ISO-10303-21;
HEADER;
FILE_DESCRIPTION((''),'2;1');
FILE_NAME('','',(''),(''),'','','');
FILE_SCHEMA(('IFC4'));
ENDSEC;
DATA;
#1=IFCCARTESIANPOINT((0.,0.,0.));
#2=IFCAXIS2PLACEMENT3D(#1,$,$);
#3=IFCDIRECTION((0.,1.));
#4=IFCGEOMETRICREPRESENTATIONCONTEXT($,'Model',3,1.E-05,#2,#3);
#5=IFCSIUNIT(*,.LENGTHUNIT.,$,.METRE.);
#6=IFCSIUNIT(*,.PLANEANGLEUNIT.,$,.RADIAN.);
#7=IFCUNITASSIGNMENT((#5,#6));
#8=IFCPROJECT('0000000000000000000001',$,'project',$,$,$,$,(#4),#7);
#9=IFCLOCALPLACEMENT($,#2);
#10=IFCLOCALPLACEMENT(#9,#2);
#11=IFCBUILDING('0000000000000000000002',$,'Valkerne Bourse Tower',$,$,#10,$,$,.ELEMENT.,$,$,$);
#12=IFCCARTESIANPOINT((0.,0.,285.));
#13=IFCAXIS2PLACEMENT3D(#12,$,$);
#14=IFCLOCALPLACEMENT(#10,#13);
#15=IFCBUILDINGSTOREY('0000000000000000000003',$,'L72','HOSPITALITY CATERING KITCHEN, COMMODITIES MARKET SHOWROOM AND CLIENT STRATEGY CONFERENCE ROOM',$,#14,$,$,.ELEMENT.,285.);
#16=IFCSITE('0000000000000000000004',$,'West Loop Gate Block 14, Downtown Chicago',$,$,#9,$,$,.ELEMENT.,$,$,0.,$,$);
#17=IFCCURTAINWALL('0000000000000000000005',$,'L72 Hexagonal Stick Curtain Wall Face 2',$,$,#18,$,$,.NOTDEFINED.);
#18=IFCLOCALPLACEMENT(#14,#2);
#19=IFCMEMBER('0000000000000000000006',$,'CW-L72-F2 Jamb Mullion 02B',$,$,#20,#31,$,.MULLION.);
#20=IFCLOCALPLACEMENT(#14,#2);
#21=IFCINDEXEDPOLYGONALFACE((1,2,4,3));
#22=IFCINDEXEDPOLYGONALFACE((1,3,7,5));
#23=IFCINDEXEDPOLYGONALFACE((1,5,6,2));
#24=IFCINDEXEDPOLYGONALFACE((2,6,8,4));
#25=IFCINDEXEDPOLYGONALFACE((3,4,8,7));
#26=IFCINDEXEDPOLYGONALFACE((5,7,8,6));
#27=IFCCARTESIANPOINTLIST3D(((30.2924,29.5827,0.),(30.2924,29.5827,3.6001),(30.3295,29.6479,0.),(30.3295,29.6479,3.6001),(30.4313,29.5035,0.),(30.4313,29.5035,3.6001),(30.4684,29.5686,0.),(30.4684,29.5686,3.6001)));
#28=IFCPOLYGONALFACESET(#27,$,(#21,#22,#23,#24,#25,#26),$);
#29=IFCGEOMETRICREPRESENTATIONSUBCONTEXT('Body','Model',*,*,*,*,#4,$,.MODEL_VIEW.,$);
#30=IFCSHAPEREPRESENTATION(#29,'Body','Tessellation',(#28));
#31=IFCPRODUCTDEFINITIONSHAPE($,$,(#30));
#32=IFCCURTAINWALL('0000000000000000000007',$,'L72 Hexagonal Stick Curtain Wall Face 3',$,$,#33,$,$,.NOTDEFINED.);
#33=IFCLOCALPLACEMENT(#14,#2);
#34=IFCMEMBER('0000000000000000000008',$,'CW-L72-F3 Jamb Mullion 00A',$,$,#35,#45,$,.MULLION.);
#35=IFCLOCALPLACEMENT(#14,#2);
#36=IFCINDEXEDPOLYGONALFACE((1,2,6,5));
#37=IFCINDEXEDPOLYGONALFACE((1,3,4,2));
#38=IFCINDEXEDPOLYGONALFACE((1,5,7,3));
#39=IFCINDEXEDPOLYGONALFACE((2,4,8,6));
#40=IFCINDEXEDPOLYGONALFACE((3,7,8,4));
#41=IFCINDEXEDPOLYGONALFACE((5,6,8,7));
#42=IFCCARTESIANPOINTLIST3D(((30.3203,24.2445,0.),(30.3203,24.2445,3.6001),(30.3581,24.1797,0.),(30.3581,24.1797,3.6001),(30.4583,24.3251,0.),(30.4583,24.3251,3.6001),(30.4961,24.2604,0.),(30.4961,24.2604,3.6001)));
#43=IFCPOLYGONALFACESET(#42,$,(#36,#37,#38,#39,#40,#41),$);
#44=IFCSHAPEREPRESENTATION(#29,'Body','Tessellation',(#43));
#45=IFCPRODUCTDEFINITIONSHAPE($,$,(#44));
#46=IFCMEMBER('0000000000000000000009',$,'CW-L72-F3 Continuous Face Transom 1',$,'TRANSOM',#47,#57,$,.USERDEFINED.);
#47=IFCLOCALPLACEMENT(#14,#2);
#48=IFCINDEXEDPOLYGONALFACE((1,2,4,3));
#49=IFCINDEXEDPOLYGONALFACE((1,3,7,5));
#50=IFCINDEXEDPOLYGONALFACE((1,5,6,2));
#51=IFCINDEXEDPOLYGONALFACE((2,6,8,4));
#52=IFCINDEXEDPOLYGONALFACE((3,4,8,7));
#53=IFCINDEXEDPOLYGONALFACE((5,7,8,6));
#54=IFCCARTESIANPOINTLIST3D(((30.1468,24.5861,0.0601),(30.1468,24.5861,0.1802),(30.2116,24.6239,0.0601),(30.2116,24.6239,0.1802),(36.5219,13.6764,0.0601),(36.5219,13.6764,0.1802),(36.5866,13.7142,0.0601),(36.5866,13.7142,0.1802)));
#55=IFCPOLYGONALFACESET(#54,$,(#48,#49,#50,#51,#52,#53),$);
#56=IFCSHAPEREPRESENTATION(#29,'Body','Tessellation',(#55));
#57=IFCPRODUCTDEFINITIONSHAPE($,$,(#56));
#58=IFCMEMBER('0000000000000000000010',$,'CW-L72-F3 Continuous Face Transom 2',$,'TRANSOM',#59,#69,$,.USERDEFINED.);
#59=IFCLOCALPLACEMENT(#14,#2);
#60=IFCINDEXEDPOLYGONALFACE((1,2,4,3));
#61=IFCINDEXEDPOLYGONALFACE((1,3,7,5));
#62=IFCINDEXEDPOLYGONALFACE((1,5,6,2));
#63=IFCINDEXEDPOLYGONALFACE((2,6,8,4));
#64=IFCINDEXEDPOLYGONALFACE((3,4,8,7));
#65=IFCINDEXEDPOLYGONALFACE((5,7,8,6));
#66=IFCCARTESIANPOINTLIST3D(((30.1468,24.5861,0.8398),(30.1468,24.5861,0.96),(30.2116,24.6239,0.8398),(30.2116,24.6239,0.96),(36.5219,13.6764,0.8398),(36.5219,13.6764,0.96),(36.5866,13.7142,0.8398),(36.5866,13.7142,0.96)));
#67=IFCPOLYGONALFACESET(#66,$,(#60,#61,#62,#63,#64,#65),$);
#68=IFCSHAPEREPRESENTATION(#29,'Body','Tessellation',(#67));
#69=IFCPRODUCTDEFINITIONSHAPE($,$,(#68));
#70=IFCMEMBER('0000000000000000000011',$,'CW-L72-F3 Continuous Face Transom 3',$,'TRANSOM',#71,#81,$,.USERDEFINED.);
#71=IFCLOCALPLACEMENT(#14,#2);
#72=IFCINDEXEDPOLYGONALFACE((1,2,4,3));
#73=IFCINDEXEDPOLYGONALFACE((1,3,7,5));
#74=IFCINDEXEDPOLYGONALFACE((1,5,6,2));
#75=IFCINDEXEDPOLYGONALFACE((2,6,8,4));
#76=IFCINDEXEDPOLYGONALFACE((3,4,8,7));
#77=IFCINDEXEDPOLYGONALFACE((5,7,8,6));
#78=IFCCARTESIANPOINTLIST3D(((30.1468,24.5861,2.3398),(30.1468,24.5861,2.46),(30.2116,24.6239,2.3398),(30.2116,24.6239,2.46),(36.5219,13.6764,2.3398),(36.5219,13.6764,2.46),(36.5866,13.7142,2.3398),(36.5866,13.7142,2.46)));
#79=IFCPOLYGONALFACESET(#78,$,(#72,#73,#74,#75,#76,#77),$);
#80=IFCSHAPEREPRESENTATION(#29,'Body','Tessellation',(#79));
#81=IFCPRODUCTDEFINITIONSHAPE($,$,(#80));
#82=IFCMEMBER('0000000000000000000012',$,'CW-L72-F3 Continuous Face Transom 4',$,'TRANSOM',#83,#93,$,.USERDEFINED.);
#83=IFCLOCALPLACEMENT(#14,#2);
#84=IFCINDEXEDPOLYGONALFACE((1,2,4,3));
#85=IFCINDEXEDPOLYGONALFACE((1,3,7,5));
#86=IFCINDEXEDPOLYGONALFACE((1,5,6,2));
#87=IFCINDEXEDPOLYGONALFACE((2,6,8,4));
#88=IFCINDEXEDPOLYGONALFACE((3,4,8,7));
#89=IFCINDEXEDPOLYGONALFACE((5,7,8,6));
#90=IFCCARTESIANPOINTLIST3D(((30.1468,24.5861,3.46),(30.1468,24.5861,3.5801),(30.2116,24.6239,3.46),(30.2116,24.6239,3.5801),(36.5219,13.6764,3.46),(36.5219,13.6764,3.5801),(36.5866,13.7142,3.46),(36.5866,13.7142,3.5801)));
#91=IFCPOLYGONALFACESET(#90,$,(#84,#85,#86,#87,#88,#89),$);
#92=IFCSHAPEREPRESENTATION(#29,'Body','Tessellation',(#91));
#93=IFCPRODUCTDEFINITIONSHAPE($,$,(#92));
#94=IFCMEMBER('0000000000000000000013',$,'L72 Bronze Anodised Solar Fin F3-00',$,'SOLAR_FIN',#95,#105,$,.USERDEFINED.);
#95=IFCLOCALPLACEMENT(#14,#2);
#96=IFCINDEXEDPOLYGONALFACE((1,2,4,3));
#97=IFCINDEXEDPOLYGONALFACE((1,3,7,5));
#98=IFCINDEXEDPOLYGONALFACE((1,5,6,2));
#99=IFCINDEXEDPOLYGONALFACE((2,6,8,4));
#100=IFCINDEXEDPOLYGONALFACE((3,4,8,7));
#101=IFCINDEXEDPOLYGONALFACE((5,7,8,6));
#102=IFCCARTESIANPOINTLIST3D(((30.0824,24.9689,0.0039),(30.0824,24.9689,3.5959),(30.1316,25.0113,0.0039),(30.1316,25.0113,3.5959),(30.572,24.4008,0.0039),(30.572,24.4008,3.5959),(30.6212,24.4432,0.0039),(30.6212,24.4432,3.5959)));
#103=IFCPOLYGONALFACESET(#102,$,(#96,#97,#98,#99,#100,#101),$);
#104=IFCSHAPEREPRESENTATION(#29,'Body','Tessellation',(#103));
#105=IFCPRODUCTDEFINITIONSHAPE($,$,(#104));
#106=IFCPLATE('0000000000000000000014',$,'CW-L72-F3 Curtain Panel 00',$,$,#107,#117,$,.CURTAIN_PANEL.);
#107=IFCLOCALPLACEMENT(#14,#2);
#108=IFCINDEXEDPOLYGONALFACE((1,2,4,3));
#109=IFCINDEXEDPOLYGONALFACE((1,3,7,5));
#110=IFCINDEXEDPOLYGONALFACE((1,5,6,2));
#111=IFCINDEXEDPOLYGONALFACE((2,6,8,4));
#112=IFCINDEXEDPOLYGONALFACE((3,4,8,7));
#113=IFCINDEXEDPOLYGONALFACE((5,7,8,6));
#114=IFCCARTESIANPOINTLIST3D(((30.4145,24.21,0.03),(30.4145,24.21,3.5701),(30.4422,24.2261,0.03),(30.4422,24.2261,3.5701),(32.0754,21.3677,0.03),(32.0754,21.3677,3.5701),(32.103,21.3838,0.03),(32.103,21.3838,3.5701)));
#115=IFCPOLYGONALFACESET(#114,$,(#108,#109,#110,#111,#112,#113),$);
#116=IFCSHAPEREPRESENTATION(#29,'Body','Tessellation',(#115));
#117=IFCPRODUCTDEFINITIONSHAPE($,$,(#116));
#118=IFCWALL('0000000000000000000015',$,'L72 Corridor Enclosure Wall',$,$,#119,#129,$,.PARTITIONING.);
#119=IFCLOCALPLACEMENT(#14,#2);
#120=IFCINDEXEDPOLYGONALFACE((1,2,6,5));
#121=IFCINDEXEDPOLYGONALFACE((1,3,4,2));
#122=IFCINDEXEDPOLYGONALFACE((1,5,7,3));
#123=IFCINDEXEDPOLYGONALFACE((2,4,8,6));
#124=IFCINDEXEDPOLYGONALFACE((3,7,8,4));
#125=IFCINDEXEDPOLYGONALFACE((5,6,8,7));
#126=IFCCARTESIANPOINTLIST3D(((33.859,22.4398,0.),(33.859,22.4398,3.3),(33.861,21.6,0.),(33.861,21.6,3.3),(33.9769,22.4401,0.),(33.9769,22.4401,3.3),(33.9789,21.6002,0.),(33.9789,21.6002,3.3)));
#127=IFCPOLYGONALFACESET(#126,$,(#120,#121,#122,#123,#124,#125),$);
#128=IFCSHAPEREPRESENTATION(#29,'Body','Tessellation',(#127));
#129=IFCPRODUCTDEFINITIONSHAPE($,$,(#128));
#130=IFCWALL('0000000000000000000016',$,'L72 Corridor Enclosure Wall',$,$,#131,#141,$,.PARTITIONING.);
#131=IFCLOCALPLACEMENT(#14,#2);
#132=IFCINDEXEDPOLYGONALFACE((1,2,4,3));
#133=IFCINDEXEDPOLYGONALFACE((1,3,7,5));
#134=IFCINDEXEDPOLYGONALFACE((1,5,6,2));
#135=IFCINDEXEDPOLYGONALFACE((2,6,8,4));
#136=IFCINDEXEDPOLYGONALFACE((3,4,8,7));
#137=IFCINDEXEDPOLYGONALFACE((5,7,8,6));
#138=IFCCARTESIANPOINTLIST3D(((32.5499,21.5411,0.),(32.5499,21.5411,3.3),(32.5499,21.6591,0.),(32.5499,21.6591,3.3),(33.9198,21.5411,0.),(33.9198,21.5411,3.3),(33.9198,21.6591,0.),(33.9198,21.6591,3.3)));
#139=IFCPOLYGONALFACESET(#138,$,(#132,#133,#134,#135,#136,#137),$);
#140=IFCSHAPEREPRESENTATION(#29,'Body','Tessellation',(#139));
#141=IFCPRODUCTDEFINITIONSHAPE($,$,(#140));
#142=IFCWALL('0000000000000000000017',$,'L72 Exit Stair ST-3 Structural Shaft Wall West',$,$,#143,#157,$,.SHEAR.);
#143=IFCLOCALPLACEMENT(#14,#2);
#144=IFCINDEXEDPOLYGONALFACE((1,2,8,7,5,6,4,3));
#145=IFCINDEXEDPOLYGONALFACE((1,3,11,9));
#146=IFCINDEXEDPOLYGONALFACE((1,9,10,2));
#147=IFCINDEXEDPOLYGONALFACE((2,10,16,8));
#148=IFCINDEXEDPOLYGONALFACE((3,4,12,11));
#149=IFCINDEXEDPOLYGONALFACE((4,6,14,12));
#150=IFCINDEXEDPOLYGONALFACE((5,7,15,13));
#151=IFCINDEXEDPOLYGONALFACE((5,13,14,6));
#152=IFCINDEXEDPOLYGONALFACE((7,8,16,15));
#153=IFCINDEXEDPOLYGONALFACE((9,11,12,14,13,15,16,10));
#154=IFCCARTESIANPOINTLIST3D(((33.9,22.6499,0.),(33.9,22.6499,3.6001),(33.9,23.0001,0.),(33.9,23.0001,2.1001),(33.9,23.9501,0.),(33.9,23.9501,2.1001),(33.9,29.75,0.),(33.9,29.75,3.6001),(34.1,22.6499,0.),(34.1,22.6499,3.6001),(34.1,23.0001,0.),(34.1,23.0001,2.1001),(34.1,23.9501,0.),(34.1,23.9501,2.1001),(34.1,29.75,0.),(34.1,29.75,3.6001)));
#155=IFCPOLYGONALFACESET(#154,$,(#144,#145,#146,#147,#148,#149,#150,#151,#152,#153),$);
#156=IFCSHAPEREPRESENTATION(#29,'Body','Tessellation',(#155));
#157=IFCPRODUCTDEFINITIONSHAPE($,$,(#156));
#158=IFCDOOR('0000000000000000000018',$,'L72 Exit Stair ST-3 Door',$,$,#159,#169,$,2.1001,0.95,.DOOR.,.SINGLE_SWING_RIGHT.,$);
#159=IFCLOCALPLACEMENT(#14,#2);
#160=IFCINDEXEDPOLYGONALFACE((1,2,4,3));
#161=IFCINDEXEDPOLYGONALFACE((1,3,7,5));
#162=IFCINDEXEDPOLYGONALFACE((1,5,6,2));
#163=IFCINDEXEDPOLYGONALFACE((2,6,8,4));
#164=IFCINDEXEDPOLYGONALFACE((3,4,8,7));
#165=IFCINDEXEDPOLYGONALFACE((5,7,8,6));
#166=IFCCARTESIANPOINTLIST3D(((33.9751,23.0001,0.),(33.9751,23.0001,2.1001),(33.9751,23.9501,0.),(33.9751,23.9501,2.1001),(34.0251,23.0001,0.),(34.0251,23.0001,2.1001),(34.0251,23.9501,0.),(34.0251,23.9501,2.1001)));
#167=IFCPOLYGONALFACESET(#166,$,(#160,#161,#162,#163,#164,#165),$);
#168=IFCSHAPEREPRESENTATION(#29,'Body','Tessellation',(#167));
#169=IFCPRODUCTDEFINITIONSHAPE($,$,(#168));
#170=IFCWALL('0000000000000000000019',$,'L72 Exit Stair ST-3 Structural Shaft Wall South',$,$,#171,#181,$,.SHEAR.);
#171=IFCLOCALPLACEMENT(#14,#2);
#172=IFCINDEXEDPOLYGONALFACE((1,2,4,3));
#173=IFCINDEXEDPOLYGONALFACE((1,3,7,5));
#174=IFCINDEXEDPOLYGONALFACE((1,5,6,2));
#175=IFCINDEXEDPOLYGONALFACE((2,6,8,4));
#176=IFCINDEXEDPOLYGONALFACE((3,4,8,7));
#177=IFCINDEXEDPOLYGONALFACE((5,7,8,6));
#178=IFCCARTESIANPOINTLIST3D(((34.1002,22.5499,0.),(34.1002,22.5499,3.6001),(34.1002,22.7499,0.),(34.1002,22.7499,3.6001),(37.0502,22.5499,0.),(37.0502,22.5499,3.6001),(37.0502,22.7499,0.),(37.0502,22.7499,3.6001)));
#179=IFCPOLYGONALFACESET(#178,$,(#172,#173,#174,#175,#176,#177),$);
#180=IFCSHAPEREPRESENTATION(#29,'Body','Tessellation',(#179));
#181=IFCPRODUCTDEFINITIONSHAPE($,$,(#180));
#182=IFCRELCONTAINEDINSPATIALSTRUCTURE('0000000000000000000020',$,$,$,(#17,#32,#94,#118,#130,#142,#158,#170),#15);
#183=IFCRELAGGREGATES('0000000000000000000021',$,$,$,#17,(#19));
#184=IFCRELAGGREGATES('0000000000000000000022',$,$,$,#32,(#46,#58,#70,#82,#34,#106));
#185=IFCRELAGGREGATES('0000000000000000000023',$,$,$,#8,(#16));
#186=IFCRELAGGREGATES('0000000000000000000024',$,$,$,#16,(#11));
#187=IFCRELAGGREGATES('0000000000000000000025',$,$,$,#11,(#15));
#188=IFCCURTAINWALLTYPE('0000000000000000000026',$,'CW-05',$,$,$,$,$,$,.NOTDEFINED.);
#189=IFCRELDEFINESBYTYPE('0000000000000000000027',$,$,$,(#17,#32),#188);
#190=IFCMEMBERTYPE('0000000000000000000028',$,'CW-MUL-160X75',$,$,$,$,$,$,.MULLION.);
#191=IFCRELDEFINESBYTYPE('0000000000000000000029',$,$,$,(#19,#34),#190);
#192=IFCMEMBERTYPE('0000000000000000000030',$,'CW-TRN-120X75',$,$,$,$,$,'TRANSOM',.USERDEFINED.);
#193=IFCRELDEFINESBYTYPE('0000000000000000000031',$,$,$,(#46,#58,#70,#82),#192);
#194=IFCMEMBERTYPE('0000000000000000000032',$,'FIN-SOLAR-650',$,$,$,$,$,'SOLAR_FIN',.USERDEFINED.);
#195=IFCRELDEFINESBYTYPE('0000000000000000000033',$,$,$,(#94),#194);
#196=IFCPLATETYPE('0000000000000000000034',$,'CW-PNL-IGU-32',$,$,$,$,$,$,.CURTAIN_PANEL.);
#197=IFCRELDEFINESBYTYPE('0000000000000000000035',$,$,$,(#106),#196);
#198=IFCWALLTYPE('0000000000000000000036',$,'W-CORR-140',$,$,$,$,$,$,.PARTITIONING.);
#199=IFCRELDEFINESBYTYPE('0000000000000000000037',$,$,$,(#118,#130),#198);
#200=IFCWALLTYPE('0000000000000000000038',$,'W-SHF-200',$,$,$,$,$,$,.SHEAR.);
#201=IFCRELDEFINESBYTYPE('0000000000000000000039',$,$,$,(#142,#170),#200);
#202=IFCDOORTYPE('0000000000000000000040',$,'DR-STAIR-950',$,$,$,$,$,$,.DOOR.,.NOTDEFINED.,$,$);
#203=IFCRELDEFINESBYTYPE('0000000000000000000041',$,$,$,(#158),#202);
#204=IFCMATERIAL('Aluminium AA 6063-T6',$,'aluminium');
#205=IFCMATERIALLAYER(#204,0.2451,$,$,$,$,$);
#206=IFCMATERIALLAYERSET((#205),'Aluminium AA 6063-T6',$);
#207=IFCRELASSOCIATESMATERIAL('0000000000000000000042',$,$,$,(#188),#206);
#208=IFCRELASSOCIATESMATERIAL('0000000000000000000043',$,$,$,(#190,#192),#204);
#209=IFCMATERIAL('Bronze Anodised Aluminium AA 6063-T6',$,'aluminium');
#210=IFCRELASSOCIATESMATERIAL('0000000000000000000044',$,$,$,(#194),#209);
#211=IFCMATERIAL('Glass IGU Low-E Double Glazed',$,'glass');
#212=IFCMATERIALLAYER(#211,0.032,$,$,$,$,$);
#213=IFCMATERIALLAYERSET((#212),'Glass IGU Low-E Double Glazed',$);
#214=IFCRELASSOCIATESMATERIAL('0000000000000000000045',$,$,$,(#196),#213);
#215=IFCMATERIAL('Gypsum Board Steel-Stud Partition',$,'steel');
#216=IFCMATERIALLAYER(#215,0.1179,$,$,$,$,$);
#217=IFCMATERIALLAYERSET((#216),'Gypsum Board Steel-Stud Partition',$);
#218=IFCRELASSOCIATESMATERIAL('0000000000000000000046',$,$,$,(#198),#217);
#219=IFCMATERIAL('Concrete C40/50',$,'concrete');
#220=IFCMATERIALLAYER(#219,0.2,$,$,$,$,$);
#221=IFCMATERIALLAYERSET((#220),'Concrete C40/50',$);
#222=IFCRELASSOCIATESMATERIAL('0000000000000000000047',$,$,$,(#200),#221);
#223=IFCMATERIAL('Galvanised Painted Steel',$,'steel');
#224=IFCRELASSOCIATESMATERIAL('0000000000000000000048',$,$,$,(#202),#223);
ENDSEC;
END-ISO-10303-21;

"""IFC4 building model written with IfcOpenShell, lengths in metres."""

from ifc_helpers import new_model, si_unit, direction, frame, frame_2d, origin, origin_2d, place, context, subcontext, project, spatial, rectangle, extrude, material, layer, layer_set, material_profile, profile_set, type_object, element, fill, aggregate, save


model = new_model("IFC4")

# Units and contexts
model_context = context("Model", 3, precision=1e-05, world=origin(), true_north=direction((0.0, 1.0)))
body_context = subcontext(model_context, "Body", "Model", "MODEL_VIEW")
ifc_project = project(units=[si_unit("LENGTHUNIT", "METRE"), si_unit("PLANEANGLEUNIT", "RADIAN")], contexts=[model_context])

# Site, building, storey
site_placement = place(None, origin())
site = spatial("IfcSite", under=ifc_project, at=site_placement, Name="West Loop Gate Block 14, Downtown Chicago", CompositionType="ELEMENT", RefElevation=0.0)
building_placement = place(site_placement, origin())
building = spatial("IfcBuilding", under=site, at=building_placement, Name="Valkerne Bourse Tower", CompositionType="ELEMENT")
storey_placement = place(building_placement, frame((0.0, 0.0, 285.0)))
storey = spatial("IfcBuildingStorey", under=building, at=storey_placement, Name="L72", Description="HOSPITALITY CATERING KITCHEN, COMMODITIES MARKET SHOWROOM AND CLIENT STRATEGY CONFERENCE ROOM", CompositionType="ELEMENT", Elevation=285.0)

# Curtain wall, member
ifc_material_1 = material(Name="Aluminium AA 6063-T6", Category="aluminium")
ifc_layer_1 = layer(ifc_material_1, 0.2451)
ifc_layer_set_1 = layer_set([ifc_layer_1], Name="Aluminium AA 6063-T6")
curtain_wall_type = type_object("IfcCurtainWallType", Name="CW-05", PredefinedType="NOTDEFINED", material=ifc_layer_set_1)
curtain_wall_1_placement = place(storey_placement, origin())
curtain_wall_1 = element("IfcCurtainWall", 1, at=curtain_wall_1_placement, inside=storey, type_object=curtain_wall_type, Name="L72 Hexagonal Stick Curtain Wall Face 2", PredefinedType="NOTDEFINED")
ifc_material_profile_1 = material_profile(ifc_material_1, rectangle(XDim=0.075, YDim=0.1599, at=origin_2d()), Name="CWM-75X160")
ifc_profile_set_1 = profile_set([ifc_material_profile_1], Name="Aluminium AA 6063-T6")
member_type_1 = type_object("IfcMemberType", Name="CW-MUL-160X75", PredefinedType="MULLION", material=ifc_profile_set_1)
member_1_placement = place(storey_placement, frame((30.3804, 29.5757, 0.0), z_axis=(0.0, 0.0, 1.0), x_axis=(-0.495461, -0.86863, 0.0)))
member_1 = element("IfcMember", 2, at=member_1_placement, type_object=member_type_1, Name="CW-L72-F2 Jamb Mullion 02B", PredefinedType="MULLION", context=body_context, shape_type="SweptSolid", body=[
    extrude(rectangle(XDim=0.075, YDim=0.1599, at=origin_2d()), origin(), (0.0, 0.0, 1.0), 3.6001),
])
aggregate(curtain_wall_1, [member_1])

# Curtain wall, members
curtain_wall_2_placement = place(storey_placement, origin())
curtain_wall_2 = element("IfcCurtainWall", 3, at=curtain_wall_2_placement, inside=storey, type_object=curtain_wall_type, Name="L72 Hexagonal Stick Curtain Wall Face 3", PredefinedType="NOTDEFINED")
member_2_placement = place(storey_placement, frame((30.4082, 24.2524, 0.0), z_axis=(0.0, 0.0, 1.0), x_axis=(0.504517, -0.863401, 0.0)))
member_2 = element("IfcMember", 4, at=member_2_placement, type_object=member_type_1, Name="CW-L72-F3 Jamb Mullion 00A", PredefinedType="MULLION", context=body_context, shape_type="SweptSolid", body=[
    extrude(rectangle(XDim=0.075, YDim=0.1599, at=origin_2d()), origin(), (0.0, 0.0, 1.0), 3.6001),
])
ifc_material_profile_2 = material_profile(ifc_material_1, rectangle(XDim=0.075, YDim=0.1201, at=origin_2d()), Name="CWT-75X120")
ifc_profile_set_2 = profile_set([ifc_material_profile_2], Name="Aluminium AA 6063-T6")
member_type_2 = type_object("IfcMemberType", Name="CW-TRN-120X75", ElementType="TRANSOM", PredefinedType="USERDEFINED", material=ifc_profile_set_2)
member_3_placement = place(storey_placement, frame((30.1792, 24.605, 0.1201), z_axis=(0.504522, -0.863399, 0.0), x_axis=(0.863399, 0.504522, 0.0)))
member_3 = element("IfcMember", 5, at=member_3_placement, type_object=member_type_2, Name="CW-L72-F3 Continuous Face Transom 1", ObjectType="TRANSOM", PredefinedType="USERDEFINED", context=body_context, shape_type="SweptSolid", body=[
    extrude(rectangle(XDim=0.075, YDim=0.1201, at=origin_2d()), origin(), (0.0, 0.0, 1.0), 12.6357),
])
member_4_placement = place(storey_placement, frame((30.1792, 24.605, 0.8999), z_axis=(0.504522, -0.863399, 0.0), x_axis=(0.863399, 0.504522, 0.0)))
member_4 = element("IfcMember", 6, at=member_4_placement, type_object=member_type_2, Name="CW-L72-F3 Continuous Face Transom 2", ObjectType="TRANSOM", PredefinedType="USERDEFINED", context=body_context, shape_type="SweptSolid", body=[
    extrude(rectangle(XDim=0.075, YDim=0.1201, at=origin_2d()), origin(), (0.0, 0.0, 1.0), 12.6357),
])
member_5_placement = place(storey_placement, frame((30.1792, 24.605, 2.3999), z_axis=(0.504522, -0.863399, 0.0), x_axis=(0.863399, 0.504522, 0.0)))
member_5 = element("IfcMember", 7, at=member_5_placement, type_object=member_type_2, Name="CW-L72-F3 Continuous Face Transom 3", ObjectType="TRANSOM", PredefinedType="USERDEFINED", context=body_context, shape_type="SweptSolid", body=[
    extrude(rectangle(XDim=0.075, YDim=0.1201, at=origin_2d()), origin(), (0.0, 0.0, 1.0), 12.6357),
])
member_6_placement = place(storey_placement, frame((30.1792, 24.605, 3.52), z_axis=(0.504522, -0.863399, 0.0), x_axis=(0.863399, 0.504522, 0.0)))
member_6 = element("IfcMember", 8, at=member_6_placement, type_object=member_type_2, Name="CW-L72-F3 Continuous Face Transom 4", ObjectType="TRANSOM", PredefinedType="USERDEFINED", context=body_context, shape_type="SweptSolid", body=[
    extrude(rectangle(XDim=0.075, YDim=0.1201, at=origin_2d()), origin(), (0.0, 0.0, 1.0), 12.6357),
])

# Member
ifc_material_2 = material(Name="Bronze Anodised Aluminium AA 6063-T6", Category="aluminium")
ifc_material_profile_3 = material_profile(ifc_material_2, rectangle(XDim=0.0649, YDim=0.75, at=origin_2d()), Name="FIN-65X750")
ifc_profile_set_3 = profile_set([ifc_material_profile_3], Name="Bronze Anodised Aluminium AA 6063-T6")
member_type_3 = type_object("IfcMemberType", Name="FIN-SOLAR-650", ElementType="SOLAR_FIN", PredefinedType="USERDEFINED", material=ifc_profile_set_3)
member_7_placement = place(storey_placement, frame((30.3518, 24.7061, 0.0039), z_axis=(0.0, 0.0, 1.0), x_axis=(-0.75754, -0.652788, 0.0)))
element("IfcMember", 9, at=member_7_placement, inside=storey, type_object=member_type_3, Name="L72 Bronze Anodised Solar Fin F3-00", ObjectType="SOLAR_FIN", PredefinedType="USERDEFINED", context=body_context, shape_type="SweptSolid", body=[
    extrude(rectangle(XDim=0.0649, YDim=0.75, at=origin_2d()), origin(), (0.0, 0.0, 1.0), 3.592),
])

# Plate
ifc_material_3 = material(Name="Glass IGU Low-E Double Glazed", Category="glass")
ifc_layer_2 = layer(ifc_material_3, 0.032)
ifc_layer_set_2 = layer_set([ifc_layer_2], Name="Glass IGU Low-E Double Glazed")
plate_type = type_object("IfcPlateType", Name="CW-PNL-IGU-32", PredefinedType="CURTAIN_PANEL", material=ifc_layer_set_2)
plate_placement = place(storey_placement, frame((31.2588, 22.7969, 0.03), z_axis=(0.0, 0.0, 1.0), x_axis=(0.504517, -0.863401, 0.0)))
plate = element("IfcPlate", 10, at=plate_placement, type_object=plate_type, Name="CW-L72-F3 Curtain Panel 00", PredefinedType="CURTAIN_PANEL", context=body_context, shape_type="SweptSolid", body=[
    extrude(rectangle(XDim=3.292, YDim=0.032, at=origin_2d()), origin(), (0.0, 0.0, 1.0), 3.54),
])
aggregate(curtain_wall_2, [member_3, member_4, member_5, member_6, member_2, plate])

# Walls
ifc_material_4 = material(Name="Gypsum Board Steel-Stud Partition", Category="steel")
ifc_layer_3 = layer(ifc_material_4, 0.1179)
ifc_layer_set_3 = layer_set([ifc_layer_3], Name="Gypsum Board Steel-Stud Partition")
wall_type_1 = type_object("IfcWallType", Name="W-CORR-140", PredefinedType="PARTITIONING", material=ifc_layer_set_3)
wall_1_placement = place(storey_placement, frame((33.918, 22.4399, 0.0), z_axis=(0.0, 0.0, 1.0), x_axis=(0.002326, -0.999997, 0.0)))
element("IfcWall", 11, at=wall_1_placement, inside=storey, type_object=wall_type_1, Name="L72 Corridor Enclosure Wall", PredefinedType="PARTITIONING", context=body_context, shape_type="SweptSolid", body=[
    extrude(rectangle(XDim=0.8398, YDim=0.1179, at=frame_2d((0.4199, 0.0))), origin(), (0.0, 0.0, 1.0), 3.3),
])
wall_2_placement = place(storey_placement, frame((33.9199, 21.6001, 0.0), z_axis=(0.0, 0.0, 1.0), x_axis=(-1.0, 0.0, 0.0)))
element("IfcWall", 12, at=wall_2_placement, inside=storey, type_object=wall_type_1, Name="L72 Corridor Enclosure Wall", PredefinedType="PARTITIONING", context=body_context, shape_type="SweptSolid", body=[
    extrude(rectangle(XDim=1.3699, YDim=0.1179, at=frame_2d((0.6851, 0.0))), origin(), (0.0, 0.0, 1.0), 3.3),
])

# Wall, opening, door
ifc_material_5 = material(Name="Concrete C40/50", Category="concrete")
ifc_layer_4 = layer(ifc_material_5, 0.2)
ifc_layer_set_4 = layer_set([ifc_layer_4], Name="Concrete C40/50")
wall_type_2 = type_object("IfcWallType", Name="W-SHF-200", PredefinedType="SHEAR", material=ifc_layer_set_4)
wall_3_placement = place(storey_placement, frame((34.0, 22.6499, 0.0), z_axis=(0.0, 0.0, 1.0), x_axis=(0.0, 1.0, 0.0)))
wall_3 = element("IfcWall", 13, at=wall_3_placement, inside=storey, type_object=wall_type_2, Name="L72 Exit Stair ST-3 Structural Shaft Wall West", PredefinedType="SHEAR", context=body_context, shape_type="SweptSolid", body=[
    extrude(rectangle(XDim=7.1001, YDim=0.2, at=frame_2d((3.55, 0.0))), origin(), (0.0, 0.0, 1.0), 3.6001),
])
opening_placement = place(wall_3_placement, frame((0.3501, 0.0, 0.0)))
opening = element("IfcOpeningElement", 14, at=opening_placement, cuts=wall_3, PredefinedType="OPENING", context=body_context, shape_type="SweptSolid", body=[
    extrude(rectangle(XDim=0.95, YDim=2.1001, at=frame_2d((0.4751, 1.05))), frame((0.0, 0.1099, 0.0), z_axis=(0.0, -1.0, 0.0), x_axis=(1.0, 0.0, 0.0)), (0.0, 0.0, 1.0), 0.22),
])
ifc_material_6 = material(Name="Galvanised Painted Steel", Category="steel")
door_type = type_object("IfcDoorType", Name="DR-STAIR-950", OperationType="NOTDEFINED", PredefinedType="DOOR", material=ifc_material_6)
door_placement = place(opening_placement, origin())
door = element("IfcDoor", 15, at=door_placement, inside=storey, type_object=door_type, Name="L72 Exit Stair ST-3 Door", OperationType="SINGLE_SWING_RIGHT", OverallHeight=2.1001, OverallWidth=0.95, PredefinedType="DOOR", context=body_context, shape_type="SweptSolid", body=[
    extrude(rectangle(XDim=0.95, YDim=2.1001, at=frame_2d((0.4751, 1.05))), frame((0.0, 0.0249, 0.0), z_axis=(0.0, -1.0, 0.0), x_axis=(1.0, 0.0, 0.0)), (0.0, 0.0, 1.0), 0.05),
])
fill(opening, door)

# Wall
for number, where, z_axis, x_axis, name in (
    (16, (34.1001, 22.6499, 0.0), (0.0, 0.0, 1.0), (1.0, 0.0, 0.0), "L72 Exit Stair ST-3 Structural Shaft Wall South"),
):
    element("IfcWall", number, at=place(storey_placement, frame(where, z_axis=z_axis, x_axis=x_axis)), inside=storey, type_object=wall_type_2, Name=name, PredefinedType="SHEAR", context=body_context, shape_type="SweptSolid", body=[
        extrude(rectangle(XDim=2.95, YDim=0.2, at=frame_2d((1.4751, 0.0))), origin(), (0.0, 0.0, 1.0), 3.6001),
    ])

save(model, "model.ifc")
